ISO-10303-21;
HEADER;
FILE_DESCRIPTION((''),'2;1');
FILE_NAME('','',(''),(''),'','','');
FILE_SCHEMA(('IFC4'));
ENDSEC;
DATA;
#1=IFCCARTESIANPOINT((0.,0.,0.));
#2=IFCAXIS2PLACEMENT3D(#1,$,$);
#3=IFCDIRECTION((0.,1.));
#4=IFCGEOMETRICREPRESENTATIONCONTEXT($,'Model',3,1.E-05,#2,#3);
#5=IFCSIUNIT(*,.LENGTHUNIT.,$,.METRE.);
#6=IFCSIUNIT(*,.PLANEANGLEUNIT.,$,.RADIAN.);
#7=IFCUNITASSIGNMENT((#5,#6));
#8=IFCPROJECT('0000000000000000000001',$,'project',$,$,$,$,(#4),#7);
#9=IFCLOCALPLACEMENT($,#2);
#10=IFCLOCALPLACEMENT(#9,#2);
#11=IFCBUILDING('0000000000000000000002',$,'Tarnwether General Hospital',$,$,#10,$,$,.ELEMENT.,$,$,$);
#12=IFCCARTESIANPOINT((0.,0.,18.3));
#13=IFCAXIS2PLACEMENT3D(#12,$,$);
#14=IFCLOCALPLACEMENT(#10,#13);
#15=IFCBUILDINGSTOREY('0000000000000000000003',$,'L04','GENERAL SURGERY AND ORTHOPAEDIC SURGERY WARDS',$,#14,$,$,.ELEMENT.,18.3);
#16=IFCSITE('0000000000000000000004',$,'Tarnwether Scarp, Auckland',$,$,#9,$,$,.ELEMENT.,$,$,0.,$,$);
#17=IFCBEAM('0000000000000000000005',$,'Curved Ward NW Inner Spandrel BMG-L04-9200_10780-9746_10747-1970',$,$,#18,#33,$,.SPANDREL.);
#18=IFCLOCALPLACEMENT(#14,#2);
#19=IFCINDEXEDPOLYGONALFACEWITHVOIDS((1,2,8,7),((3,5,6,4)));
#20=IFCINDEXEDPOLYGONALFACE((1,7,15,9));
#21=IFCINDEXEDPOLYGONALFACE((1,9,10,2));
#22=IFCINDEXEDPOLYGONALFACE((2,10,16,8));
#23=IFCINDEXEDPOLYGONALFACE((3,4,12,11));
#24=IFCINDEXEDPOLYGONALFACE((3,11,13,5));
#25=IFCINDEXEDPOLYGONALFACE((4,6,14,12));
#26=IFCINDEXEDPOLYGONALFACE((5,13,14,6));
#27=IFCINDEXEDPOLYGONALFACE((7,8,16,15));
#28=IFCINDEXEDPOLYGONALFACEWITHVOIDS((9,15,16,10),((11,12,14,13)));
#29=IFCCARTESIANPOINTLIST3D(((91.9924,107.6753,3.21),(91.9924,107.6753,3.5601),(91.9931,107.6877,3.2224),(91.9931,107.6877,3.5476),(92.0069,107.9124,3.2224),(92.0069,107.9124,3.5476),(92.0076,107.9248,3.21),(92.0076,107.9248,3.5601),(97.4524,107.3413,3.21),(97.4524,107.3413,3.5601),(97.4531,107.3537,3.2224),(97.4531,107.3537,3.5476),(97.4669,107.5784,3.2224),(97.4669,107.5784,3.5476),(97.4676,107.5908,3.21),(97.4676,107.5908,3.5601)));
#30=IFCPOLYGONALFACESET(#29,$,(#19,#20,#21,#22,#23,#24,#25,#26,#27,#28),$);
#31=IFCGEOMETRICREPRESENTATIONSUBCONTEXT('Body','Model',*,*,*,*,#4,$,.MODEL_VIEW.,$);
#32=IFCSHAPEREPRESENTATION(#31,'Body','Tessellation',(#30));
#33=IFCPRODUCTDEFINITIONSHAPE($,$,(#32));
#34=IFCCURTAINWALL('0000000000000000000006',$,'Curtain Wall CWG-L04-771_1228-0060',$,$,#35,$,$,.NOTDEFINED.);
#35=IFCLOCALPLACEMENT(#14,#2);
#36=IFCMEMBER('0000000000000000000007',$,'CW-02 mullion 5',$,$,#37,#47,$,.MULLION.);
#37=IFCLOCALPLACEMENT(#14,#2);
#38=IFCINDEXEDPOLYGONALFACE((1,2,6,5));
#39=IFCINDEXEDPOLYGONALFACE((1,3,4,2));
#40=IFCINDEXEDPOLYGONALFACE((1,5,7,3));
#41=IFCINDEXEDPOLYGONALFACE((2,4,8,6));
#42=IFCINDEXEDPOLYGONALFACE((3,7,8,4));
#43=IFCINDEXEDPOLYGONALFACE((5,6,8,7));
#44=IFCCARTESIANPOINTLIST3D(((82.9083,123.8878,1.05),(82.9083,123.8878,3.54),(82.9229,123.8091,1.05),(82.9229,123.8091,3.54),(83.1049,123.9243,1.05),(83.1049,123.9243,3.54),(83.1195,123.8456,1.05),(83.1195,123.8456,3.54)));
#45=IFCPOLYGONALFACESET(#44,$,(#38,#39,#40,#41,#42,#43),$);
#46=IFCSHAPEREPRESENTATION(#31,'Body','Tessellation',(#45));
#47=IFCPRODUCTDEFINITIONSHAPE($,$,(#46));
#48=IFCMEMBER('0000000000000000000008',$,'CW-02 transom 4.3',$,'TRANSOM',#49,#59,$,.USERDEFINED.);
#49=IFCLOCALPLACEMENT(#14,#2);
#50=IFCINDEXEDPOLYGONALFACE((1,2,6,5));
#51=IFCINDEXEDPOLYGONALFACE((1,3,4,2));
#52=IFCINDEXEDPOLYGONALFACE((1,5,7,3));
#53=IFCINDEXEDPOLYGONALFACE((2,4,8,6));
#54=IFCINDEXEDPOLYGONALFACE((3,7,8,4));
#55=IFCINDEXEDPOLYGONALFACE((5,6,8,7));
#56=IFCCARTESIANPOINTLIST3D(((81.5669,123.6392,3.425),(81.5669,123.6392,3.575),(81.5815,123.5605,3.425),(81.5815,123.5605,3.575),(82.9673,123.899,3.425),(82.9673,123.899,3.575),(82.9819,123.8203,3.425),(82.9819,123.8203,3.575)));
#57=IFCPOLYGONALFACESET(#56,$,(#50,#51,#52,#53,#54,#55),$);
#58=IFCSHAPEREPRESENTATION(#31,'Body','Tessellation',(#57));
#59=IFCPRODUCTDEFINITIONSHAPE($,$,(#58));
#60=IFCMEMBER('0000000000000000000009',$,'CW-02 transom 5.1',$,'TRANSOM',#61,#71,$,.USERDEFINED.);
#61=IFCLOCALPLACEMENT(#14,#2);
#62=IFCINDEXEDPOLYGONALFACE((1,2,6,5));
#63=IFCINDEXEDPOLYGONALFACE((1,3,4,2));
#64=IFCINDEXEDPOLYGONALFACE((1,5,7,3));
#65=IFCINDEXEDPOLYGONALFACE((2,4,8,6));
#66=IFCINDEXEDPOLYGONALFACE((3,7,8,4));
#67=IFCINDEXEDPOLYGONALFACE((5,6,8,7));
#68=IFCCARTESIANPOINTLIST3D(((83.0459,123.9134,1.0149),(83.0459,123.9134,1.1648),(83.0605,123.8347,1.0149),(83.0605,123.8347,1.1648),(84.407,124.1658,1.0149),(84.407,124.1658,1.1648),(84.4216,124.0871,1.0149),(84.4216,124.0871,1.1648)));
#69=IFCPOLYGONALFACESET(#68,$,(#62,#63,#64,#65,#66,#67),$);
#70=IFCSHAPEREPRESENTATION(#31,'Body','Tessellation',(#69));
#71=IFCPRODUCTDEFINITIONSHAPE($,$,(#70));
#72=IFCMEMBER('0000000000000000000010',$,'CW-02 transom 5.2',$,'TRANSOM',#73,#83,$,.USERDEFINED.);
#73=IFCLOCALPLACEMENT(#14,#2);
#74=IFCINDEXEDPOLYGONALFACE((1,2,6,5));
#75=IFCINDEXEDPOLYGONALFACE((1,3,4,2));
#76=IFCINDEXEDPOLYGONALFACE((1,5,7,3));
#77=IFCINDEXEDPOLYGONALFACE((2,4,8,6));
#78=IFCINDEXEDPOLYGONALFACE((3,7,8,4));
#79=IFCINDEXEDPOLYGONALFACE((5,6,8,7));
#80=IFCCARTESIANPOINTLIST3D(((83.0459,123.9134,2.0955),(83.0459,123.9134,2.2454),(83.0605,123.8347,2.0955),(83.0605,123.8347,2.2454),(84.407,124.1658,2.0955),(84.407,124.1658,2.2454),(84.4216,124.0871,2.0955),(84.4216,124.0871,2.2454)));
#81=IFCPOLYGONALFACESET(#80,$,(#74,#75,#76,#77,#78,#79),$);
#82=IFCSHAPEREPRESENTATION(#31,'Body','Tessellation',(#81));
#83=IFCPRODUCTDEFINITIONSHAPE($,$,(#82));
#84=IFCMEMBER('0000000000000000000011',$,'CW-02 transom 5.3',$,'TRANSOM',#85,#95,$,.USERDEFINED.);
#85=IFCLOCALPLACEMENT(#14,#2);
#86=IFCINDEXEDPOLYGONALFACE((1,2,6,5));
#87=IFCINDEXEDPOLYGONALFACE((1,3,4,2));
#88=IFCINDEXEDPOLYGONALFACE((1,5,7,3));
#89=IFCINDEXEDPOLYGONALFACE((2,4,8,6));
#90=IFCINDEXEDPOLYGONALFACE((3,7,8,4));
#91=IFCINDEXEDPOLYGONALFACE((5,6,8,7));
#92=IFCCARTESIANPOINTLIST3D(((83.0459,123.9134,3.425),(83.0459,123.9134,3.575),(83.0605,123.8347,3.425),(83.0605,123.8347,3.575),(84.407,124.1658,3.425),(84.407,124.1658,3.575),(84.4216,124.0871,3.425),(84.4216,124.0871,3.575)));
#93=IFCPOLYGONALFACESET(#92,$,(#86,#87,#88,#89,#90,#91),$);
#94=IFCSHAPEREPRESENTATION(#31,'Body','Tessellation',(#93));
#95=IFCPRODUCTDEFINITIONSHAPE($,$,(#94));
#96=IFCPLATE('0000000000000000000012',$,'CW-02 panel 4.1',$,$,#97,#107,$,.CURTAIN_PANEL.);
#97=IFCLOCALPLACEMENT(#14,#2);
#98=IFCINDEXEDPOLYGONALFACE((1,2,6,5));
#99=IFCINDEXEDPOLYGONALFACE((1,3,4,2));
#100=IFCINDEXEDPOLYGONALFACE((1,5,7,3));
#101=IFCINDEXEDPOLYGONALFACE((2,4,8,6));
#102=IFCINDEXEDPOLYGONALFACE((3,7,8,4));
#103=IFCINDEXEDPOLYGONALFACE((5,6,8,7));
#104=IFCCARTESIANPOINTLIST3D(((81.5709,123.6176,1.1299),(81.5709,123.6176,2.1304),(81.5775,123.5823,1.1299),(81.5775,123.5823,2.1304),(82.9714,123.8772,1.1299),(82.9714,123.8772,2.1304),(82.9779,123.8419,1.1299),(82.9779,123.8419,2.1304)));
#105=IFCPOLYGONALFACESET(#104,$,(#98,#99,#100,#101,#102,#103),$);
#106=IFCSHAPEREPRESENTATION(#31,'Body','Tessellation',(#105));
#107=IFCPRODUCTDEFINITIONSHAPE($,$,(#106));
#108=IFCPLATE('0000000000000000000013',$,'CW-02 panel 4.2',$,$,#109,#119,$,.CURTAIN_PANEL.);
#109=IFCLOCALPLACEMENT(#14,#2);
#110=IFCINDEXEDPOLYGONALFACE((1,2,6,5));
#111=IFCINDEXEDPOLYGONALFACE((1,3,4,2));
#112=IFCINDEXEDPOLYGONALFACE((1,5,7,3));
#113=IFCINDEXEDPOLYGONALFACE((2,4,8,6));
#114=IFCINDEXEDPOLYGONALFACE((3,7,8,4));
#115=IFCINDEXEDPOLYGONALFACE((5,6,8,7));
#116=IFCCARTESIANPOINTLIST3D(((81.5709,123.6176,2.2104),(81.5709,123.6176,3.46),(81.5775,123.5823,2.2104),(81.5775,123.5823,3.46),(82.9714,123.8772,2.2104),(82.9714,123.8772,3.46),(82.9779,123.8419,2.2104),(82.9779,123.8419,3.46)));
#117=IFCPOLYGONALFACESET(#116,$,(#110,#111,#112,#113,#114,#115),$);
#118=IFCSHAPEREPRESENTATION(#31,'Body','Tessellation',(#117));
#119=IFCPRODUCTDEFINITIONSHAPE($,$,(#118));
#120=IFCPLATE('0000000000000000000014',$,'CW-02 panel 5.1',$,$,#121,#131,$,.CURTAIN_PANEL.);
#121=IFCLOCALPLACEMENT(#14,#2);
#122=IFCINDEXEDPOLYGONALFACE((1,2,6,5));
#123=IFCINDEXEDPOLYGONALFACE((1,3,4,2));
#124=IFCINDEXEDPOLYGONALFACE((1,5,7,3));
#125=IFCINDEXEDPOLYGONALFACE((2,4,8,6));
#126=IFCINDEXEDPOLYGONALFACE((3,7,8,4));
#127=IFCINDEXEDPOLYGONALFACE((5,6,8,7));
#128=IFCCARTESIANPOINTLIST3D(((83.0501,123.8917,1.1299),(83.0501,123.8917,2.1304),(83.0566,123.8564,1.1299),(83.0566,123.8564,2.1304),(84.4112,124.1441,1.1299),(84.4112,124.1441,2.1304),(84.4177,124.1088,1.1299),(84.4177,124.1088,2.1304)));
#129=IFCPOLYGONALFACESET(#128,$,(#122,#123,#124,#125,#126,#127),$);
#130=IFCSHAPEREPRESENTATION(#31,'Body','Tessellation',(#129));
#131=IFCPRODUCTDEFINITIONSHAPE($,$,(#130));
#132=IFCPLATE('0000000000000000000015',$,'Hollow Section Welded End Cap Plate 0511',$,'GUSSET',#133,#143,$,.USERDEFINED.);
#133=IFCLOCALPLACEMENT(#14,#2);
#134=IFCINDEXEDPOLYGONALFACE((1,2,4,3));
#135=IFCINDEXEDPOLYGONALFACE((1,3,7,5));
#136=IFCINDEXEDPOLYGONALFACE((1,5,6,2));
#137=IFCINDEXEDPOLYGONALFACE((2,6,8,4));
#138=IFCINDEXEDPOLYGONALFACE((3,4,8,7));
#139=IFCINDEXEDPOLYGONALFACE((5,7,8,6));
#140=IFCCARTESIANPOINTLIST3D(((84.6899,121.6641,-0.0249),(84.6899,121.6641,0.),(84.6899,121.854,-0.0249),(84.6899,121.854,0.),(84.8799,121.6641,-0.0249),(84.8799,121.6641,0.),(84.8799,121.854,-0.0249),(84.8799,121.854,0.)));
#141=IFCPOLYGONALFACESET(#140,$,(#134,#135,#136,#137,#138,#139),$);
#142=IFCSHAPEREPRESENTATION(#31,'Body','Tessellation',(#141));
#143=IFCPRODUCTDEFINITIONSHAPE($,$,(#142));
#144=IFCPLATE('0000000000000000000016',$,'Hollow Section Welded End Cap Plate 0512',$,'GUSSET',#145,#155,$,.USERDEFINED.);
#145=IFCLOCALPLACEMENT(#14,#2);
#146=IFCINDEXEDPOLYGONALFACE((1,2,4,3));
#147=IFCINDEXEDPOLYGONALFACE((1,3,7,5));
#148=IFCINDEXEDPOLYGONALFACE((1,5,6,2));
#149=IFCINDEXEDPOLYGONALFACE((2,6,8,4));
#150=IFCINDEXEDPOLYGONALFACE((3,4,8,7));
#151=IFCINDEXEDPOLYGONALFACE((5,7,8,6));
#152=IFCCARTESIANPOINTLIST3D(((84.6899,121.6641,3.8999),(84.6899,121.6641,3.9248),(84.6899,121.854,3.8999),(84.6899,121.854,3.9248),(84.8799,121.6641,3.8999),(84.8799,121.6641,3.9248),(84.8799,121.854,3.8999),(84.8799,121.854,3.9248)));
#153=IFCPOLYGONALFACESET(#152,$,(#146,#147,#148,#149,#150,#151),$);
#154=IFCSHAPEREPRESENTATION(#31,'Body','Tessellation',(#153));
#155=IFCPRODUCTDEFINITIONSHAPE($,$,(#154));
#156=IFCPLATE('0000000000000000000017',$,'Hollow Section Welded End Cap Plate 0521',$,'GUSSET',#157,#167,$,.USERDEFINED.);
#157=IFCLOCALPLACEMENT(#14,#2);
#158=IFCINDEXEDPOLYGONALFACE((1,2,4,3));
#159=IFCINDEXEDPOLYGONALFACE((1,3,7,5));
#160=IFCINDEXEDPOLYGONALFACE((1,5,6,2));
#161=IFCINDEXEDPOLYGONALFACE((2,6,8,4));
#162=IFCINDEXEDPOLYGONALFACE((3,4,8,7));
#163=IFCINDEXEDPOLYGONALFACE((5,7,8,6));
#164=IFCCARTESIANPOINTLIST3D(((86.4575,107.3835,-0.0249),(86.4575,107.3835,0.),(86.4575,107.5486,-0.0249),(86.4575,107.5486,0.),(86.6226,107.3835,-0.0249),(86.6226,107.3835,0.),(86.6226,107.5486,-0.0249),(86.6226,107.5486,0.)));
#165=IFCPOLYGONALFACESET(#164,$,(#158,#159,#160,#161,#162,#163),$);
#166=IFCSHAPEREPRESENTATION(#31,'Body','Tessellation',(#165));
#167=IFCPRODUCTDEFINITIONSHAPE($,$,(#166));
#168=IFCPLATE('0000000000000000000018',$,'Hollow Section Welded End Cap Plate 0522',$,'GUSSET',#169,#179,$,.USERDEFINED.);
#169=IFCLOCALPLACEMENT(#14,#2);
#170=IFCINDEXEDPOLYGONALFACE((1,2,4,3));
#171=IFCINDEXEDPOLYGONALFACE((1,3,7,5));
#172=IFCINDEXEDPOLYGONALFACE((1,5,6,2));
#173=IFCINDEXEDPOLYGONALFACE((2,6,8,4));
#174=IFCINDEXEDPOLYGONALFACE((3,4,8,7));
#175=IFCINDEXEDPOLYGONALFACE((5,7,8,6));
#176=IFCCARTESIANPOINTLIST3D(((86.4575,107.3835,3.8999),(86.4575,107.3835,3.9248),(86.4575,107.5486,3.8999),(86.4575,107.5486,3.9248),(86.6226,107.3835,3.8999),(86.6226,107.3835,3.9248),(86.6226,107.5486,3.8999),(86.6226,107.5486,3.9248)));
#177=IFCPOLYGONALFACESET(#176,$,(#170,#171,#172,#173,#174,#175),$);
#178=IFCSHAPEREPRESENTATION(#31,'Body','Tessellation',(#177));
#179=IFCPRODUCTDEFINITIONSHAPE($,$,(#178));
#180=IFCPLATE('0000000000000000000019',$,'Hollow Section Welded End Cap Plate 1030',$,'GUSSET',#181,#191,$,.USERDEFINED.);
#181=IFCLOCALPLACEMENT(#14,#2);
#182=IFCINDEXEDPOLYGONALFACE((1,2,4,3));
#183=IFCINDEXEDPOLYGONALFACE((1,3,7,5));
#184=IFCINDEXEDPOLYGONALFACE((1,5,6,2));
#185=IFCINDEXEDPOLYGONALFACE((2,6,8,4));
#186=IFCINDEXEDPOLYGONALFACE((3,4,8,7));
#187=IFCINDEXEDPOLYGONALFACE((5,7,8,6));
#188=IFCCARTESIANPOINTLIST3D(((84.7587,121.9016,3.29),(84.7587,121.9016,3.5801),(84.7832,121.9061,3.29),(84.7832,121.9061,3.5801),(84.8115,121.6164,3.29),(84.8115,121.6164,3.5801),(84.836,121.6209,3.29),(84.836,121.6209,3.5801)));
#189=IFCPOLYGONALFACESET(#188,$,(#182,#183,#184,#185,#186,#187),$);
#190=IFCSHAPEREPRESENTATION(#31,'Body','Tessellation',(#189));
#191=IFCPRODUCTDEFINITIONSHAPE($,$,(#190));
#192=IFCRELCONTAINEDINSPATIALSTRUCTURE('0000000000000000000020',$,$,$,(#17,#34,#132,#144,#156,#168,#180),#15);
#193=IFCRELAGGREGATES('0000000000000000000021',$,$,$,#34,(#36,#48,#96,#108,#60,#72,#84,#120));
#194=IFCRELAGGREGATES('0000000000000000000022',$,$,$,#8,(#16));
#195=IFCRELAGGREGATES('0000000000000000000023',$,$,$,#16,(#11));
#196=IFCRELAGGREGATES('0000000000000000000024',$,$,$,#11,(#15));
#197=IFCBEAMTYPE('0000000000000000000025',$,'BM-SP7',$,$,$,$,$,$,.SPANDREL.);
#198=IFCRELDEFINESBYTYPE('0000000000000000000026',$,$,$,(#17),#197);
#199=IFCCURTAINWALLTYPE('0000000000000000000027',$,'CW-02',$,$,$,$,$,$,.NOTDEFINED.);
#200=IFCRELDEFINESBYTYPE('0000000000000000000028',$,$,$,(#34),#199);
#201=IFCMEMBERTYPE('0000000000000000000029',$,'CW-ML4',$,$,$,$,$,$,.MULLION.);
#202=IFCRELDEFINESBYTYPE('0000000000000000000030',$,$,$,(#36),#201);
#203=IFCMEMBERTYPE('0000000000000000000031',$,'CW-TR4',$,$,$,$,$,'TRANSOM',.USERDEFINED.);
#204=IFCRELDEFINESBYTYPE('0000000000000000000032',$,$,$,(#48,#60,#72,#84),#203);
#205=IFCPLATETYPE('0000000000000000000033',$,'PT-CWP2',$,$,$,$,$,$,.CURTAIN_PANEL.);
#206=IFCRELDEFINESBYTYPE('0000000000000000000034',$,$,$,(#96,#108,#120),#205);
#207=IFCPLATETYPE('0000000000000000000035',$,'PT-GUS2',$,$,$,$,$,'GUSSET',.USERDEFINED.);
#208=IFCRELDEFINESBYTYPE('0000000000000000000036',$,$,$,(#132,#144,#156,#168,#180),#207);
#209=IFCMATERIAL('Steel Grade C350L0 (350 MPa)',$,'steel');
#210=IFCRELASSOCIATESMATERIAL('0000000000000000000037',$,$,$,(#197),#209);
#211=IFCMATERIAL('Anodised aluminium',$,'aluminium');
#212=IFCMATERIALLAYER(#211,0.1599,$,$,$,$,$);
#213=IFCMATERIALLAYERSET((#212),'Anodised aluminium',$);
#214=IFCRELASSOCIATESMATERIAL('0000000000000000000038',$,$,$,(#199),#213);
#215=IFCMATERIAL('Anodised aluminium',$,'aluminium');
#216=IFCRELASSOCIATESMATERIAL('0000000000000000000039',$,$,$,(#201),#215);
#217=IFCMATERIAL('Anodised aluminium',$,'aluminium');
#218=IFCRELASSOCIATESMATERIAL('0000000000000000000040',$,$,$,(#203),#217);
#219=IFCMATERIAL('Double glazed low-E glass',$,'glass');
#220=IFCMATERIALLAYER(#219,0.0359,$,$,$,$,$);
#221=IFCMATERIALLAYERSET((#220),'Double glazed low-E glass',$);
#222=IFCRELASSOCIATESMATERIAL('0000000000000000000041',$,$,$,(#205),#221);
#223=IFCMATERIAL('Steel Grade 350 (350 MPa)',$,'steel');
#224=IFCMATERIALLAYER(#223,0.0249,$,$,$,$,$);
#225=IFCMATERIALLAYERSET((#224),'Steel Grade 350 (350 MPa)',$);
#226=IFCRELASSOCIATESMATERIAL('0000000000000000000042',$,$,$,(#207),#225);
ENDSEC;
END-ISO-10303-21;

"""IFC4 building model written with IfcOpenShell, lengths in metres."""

from ifc_helpers import new_model, si_unit, direction, frame, origin, origin_2d, place, context, subcontext, project, spatial, rectangle, hollow_rectangle, extrude, material, layer, layer_set, material_profile, profile_set, type_object, element, aggregate, save


model = new_model("IFC4")

# Units and contexts
model_context = context("Model", 3, precision=1e-05, world=origin(), true_north=direction((0.0, 1.0)))
body_context = subcontext(model_context, "Body", "Model", "MODEL_VIEW")
ifc_project = project(units=[si_unit("LENGTHUNIT", "METRE"), si_unit("PLANEANGLEUNIT", "RADIAN")], contexts=[model_context])

# Site, building, storey
site_placement = place(None, origin())
site = spatial("IfcSite", under=ifc_project, at=site_placement, Name="Tarnwether Scarp, Auckland", CompositionType="ELEMENT", RefElevation=0.0)
building_placement = place(site_placement, origin())
building = spatial("IfcBuilding", under=site, at=building_placement, Name="Tarnwether General Hospital", CompositionType="ELEMENT")
storey_placement = place(building_placement, frame((0.0, 0.0, 18.3)))
storey = spatial("IfcBuildingStorey", under=building, at=storey_placement, Name="L04", Description="GENERAL SURGERY AND ORTHOPAEDIC SURGERY WARDS", CompositionType="ELEMENT", Elevation=18.3)

# Beam
ifc_material_1 = material(Name="Steel Grade C350L0 (350 MPa)", Category="steel")
ifc_material_profile_1 = material_profile(ifc_material_1, hollow_rectangle(XDim=0.25, YDim=0.3501, WallThickness=0.0125, at=origin_2d()), Name="RHS350x250x12.5")
ifc_profile_set_1 = profile_set([ifc_material_profile_1], Name="Steel Grade C350L0 (350 MPa)")
beam_type_1 = type_object("IfcBeamType", Name="BM-SP7", PredefinedType="SPANDREL", material=ifc_profile_set_1)
beam_1_placement = place(storey_placement, frame((92.0, 107.8, 3.385), z_axis=(0.998134, -0.061056, 0.0), x_axis=(0.061056, 0.998134, 0.0)))
element("IfcBeam", 1, at=beam_1_placement, inside=storey, type_object=beam_type_1, Name="Curved Ward NW Inner Spandrel BMG-L04-9200_10780-9746_10747-1970", PredefinedType="SPANDREL", context=body_context, shape_type="SweptSolid", body=[
    extrude(hollow_rectangle(XDim=0.25, YDim=0.3501, WallThickness=0.0125, at=origin_2d()), origin(), (0.0, 0.0, 1.0), 5.4702),
])

# Curtain wall, members, plates
ifc_material_2 = material(Name="Anodised aluminium", Category="aluminium")
ifc_layer_1 = layer(ifc_material_2, 0.1599)
ifc_layer_set_1 = layer_set([ifc_layer_1], Name="Anodised aluminium")
curtain_wall_type = type_object("IfcCurtainWallType", Name="CW-02", PredefinedType="NOTDEFINED", material=ifc_layer_set_1)
curtain_wall_placement = place(storey_placement, origin())
curtain_wall = element("IfcCurtainWall", 2, at=curtain_wall_placement, inside=storey, type_object=curtain_wall_type, Name="Curtain Wall CWG-L04-771_1228-0060", PredefinedType="NOTDEFINED")
ifc_material_3 = material(Name="Anodised aluminium", Category="aluminium")
ifc_material_profile_2 = material_profile(ifc_material_3, rectangle(XDim=0.0801, YDim=0.2, at=origin_2d()), Name="ALU-MUL-80x200")
ifc_profile_set_2 = profile_set([ifc_material_profile_2], Name="Anodised aluminium")
member_type_1 = type_object("IfcMemberType", Name="CW-ML4", PredefinedType="MULLION", material=ifc_profile_set_2)
member_1_placement = place(storey_placement, frame((83.0139, 123.8667, 1.05), z_axis=(0.0, 0.0, 1.0), x_axis=(-0.182289, 0.983245, 0.0)))
member_1 = element("IfcMember", 3, at=member_1_placement, type_object=member_type_1, Name="CW-02 mullion 5", PredefinedType="MULLION", context=body_context, shape_type="SweptSolid", body=[
    extrude(rectangle(XDim=0.0801, YDim=0.2, at=origin_2d()), origin(), (0.0, 0.0, 1.0), 2.49),
])
ifc_material_4 = material(Name="Anodised aluminium", Category="aluminium")
ifc_material_profile_3 = material_profile(ifc_material_4, rectangle(XDim=0.0801, YDim=0.1499, at=origin_2d()), Name="ALU-TRN-80x150")
ifc_profile_set_3 = profile_set([ifc_material_profile_3], Name="Anodised aluminium")
member_type_2 = type_object("IfcMemberType", Name="CW-TR4", ElementType="TRANSOM", PredefinedType="USERDEFINED", material=ifc_profile_set_3)
member_2_placement = place(storey_placement, frame((81.5742, 123.5999, 3.5), z_axis=(0.983227, 0.182384, 0.0), x_axis=(-0.182384, 0.983227, 0.0)))
member_2 = element("IfcMember", 4, at=member_2_placement, type_object=member_type_2, Name="CW-02 transom 4.3", ObjectType="TRANSOM", PredefinedType="USERDEFINED", context=body_context, shape_type="SweptSolid", body=[
    extrude(rectangle(XDim=0.0801, YDim=0.1499, at=origin_2d()), origin(), (0.0, 0.0, 1.0), 1.4243),
])
member_3_placement = place(storey_placement, frame((83.0532, 123.874, 1.0898), z_axis=(0.983232, 0.182361, 0.0), x_axis=(-0.182361, 0.983232, 0.0)))
member_3 = element("IfcMember", 5, at=member_3_placement, type_object=member_type_2, Name="CW-02 transom 5.1", ObjectType="TRANSOM", PredefinedType="USERDEFINED", context=body_context, shape_type="SweptSolid", body=[
    extrude(rectangle(XDim=0.0801, YDim=0.1499, at=origin_2d()), origin(), (0.0, 0.0, 1.0), 1.3843),
])
member_4_placement = place(storey_placement, frame((83.0532, 123.874, 2.1704), z_axis=(0.983232, 0.182361, 0.0), x_axis=(-0.182361, 0.983232, 0.0)))
member_4 = element("IfcMember", 6, at=member_4_placement, type_object=member_type_2, Name="CW-02 transom 5.2", ObjectType="TRANSOM", PredefinedType="USERDEFINED", context=body_context, shape_type="SweptSolid", body=[
    extrude(rectangle(XDim=0.0801, YDim=0.1499, at=origin_2d()), origin(), (0.0, 0.0, 1.0), 1.3843),
])
member_5_placement = place(storey_placement, frame((83.0532, 123.874, 3.5), z_axis=(0.983232, 0.182361, 0.0), x_axis=(-0.182361, 0.983232, 0.0)))
member_5 = element("IfcMember", 7, at=member_5_placement, type_object=member_type_2, Name="CW-02 transom 5.3", ObjectType="TRANSOM", PredefinedType="USERDEFINED", context=body_context, shape_type="SweptSolid", body=[
    extrude(rectangle(XDim=0.0801, YDim=0.1499, at=origin_2d()), origin(), (0.0, 0.0, 1.0), 1.3843),
])
ifc_material_5 = material(Name="Double glazed low-E glass", Category="glass")
ifc_layer_2 = layer(ifc_material_5, 0.0359)
ifc_layer_set_2 = layer_set([ifc_layer_2], Name="Double glazed low-E glass")
plate_type_1 = type_object("IfcPlateType", Name="PT-CWP2", PredefinedType="CURTAIN_PANEL", material=ifc_layer_set_2)
plate_1_placement = place(storey_placement, frame((82.2744, 123.7297, 1.1299), z_axis=(0.0, 0.0, 1.0), x_axis=(0.983245, 0.182289, 0.0)))
plate_1 = element("IfcPlate", 8, at=plate_1_placement, type_object=plate_type_1, Name="CW-02 panel 4.1", PredefinedType="CURTAIN_PANEL", context=body_context, shape_type="SweptSolid", body=[
    extrude(rectangle(XDim=1.4243, YDim=0.0359, at=origin_2d()), origin(), (0.0, 0.0, 1.0), 1.0005),
])
plate_2_placement = place(storey_placement, frame((82.2744, 123.7297, 2.2104), z_axis=(0.0, 0.0, 1.0), x_axis=(0.983245, 0.182289, 0.0)))
plate_2 = element("IfcPlate", 9, at=plate_2_placement, type_object=plate_type_1, Name="CW-02 panel 4.2", PredefinedType="CURTAIN_PANEL", context=body_context, shape_type="SweptSolid", body=[
    extrude(rectangle(XDim=1.4243, YDim=0.0359, at=origin_2d()), origin(), (0.0, 0.0, 1.0), 1.2495),
])
plate_3_placement = place(storey_placement, frame((83.7339, 124.0002, 1.1299), z_axis=(0.0, 0.0, 1.0), x_axis=(0.983245, 0.182289, 0.0)))
plate_3 = element("IfcPlate", 10, at=plate_3_placement, type_object=plate_type_1, Name="CW-02 panel 5.1", PredefinedType="CURTAIN_PANEL", context=body_context, shape_type="SweptSolid", body=[
    extrude(rectangle(XDim=1.3843, YDim=0.0359, at=origin_2d()), origin(), (0.0, 0.0, 1.0), 1.0005),
])
aggregate(curtain_wall, [member_1, member_2, plate_1, plate_2, member_3, member_4, member_5, plate_3])

# Plates
ifc_material_6 = material(Name="Steel Grade 350 (350 MPa)", Category="steel")
ifc_layer_3 = layer(ifc_material_6, 0.0249)
ifc_layer_set_3 = layer_set([ifc_layer_3], Name="Steel Grade 350 (350 MPa)")
plate_type_2 = type_object("IfcPlateType", Name="PT-GUS2", ElementType="GUSSET", PredefinedType="USERDEFINED", material=ifc_layer_set_3)
for number, where, z_axis, x_axis, name in (
    (11, (84.7849, 121.759, -0.0249), (0.0, 0.0, 1.0), (1.0, 0.0, 0.0), "Hollow Section Welded End Cap Plate 0511"),
    (12, (84.7849, 121.759, 3.8999), (0.0, 0.0, 1.0), (1.0, 0.0, 0.0), "Hollow Section Welded End Cap Plate 0512"),
):
    element("IfcPlate", number, at=place(storey_placement, frame(where, z_axis=z_axis, x_axis=x_axis)), inside=storey, type_object=plate_type_2, Name=name, ObjectType="GUSSET", PredefinedType="USERDEFINED", context=body_context, shape_type="SweptSolid", body=[
        extrude(rectangle(XDim=0.1899, YDim=0.1899, at=origin_2d()), origin(), (0.0, 0.0, 1.0), 0.0249),
    ])
for number, where, z_axis, x_axis, name in (
    (13, (86.54, 107.4661, -0.0249), (0.0, 0.0, 1.0), (1.0, 0.0, 0.0), "Hollow Section Welded End Cap Plate 0521"),
    (14, (86.54, 107.4661, 3.8999), (0.0, 0.0, 1.0), (1.0, 0.0, 0.0), "Hollow Section Welded End Cap Plate 0522"),
):
    element("IfcPlate", number, at=place(storey_placement, frame(where, z_axis=z_axis, x_axis=x_axis)), inside=storey, type_object=plate_type_2, Name=name, ObjectType="GUSSET", PredefinedType="USERDEFINED", context=body_context, shape_type="SweptSolid", body=[
        extrude(rectangle(XDim=0.165, YDim=0.165, at=origin_2d()), origin(), (0.0, 0.0, 1.0), 0.0249),
    ])
plate_4_placement = place(storey_placement, frame((84.7974, 121.7612, 3.29), z_axis=(0.0, 0.0, 1.0), x_axis=(0.983261, 0.182201, 0.0)))
element("IfcPlate", 15, at=plate_4_placement, inside=storey, type_object=plate_type_2, Name="Hollow Section Welded End Cap Plate 1030", ObjectType="GUSSET", PredefinedType="USERDEFINED", context=body_context, shape_type="SweptSolid", body=[
    extrude(rectangle(XDim=0.0249, YDim=0.29, at=origin_2d()), origin(), (0.0, 0.0, 1.0), 0.29),
])

save(model, "model.ifc")
